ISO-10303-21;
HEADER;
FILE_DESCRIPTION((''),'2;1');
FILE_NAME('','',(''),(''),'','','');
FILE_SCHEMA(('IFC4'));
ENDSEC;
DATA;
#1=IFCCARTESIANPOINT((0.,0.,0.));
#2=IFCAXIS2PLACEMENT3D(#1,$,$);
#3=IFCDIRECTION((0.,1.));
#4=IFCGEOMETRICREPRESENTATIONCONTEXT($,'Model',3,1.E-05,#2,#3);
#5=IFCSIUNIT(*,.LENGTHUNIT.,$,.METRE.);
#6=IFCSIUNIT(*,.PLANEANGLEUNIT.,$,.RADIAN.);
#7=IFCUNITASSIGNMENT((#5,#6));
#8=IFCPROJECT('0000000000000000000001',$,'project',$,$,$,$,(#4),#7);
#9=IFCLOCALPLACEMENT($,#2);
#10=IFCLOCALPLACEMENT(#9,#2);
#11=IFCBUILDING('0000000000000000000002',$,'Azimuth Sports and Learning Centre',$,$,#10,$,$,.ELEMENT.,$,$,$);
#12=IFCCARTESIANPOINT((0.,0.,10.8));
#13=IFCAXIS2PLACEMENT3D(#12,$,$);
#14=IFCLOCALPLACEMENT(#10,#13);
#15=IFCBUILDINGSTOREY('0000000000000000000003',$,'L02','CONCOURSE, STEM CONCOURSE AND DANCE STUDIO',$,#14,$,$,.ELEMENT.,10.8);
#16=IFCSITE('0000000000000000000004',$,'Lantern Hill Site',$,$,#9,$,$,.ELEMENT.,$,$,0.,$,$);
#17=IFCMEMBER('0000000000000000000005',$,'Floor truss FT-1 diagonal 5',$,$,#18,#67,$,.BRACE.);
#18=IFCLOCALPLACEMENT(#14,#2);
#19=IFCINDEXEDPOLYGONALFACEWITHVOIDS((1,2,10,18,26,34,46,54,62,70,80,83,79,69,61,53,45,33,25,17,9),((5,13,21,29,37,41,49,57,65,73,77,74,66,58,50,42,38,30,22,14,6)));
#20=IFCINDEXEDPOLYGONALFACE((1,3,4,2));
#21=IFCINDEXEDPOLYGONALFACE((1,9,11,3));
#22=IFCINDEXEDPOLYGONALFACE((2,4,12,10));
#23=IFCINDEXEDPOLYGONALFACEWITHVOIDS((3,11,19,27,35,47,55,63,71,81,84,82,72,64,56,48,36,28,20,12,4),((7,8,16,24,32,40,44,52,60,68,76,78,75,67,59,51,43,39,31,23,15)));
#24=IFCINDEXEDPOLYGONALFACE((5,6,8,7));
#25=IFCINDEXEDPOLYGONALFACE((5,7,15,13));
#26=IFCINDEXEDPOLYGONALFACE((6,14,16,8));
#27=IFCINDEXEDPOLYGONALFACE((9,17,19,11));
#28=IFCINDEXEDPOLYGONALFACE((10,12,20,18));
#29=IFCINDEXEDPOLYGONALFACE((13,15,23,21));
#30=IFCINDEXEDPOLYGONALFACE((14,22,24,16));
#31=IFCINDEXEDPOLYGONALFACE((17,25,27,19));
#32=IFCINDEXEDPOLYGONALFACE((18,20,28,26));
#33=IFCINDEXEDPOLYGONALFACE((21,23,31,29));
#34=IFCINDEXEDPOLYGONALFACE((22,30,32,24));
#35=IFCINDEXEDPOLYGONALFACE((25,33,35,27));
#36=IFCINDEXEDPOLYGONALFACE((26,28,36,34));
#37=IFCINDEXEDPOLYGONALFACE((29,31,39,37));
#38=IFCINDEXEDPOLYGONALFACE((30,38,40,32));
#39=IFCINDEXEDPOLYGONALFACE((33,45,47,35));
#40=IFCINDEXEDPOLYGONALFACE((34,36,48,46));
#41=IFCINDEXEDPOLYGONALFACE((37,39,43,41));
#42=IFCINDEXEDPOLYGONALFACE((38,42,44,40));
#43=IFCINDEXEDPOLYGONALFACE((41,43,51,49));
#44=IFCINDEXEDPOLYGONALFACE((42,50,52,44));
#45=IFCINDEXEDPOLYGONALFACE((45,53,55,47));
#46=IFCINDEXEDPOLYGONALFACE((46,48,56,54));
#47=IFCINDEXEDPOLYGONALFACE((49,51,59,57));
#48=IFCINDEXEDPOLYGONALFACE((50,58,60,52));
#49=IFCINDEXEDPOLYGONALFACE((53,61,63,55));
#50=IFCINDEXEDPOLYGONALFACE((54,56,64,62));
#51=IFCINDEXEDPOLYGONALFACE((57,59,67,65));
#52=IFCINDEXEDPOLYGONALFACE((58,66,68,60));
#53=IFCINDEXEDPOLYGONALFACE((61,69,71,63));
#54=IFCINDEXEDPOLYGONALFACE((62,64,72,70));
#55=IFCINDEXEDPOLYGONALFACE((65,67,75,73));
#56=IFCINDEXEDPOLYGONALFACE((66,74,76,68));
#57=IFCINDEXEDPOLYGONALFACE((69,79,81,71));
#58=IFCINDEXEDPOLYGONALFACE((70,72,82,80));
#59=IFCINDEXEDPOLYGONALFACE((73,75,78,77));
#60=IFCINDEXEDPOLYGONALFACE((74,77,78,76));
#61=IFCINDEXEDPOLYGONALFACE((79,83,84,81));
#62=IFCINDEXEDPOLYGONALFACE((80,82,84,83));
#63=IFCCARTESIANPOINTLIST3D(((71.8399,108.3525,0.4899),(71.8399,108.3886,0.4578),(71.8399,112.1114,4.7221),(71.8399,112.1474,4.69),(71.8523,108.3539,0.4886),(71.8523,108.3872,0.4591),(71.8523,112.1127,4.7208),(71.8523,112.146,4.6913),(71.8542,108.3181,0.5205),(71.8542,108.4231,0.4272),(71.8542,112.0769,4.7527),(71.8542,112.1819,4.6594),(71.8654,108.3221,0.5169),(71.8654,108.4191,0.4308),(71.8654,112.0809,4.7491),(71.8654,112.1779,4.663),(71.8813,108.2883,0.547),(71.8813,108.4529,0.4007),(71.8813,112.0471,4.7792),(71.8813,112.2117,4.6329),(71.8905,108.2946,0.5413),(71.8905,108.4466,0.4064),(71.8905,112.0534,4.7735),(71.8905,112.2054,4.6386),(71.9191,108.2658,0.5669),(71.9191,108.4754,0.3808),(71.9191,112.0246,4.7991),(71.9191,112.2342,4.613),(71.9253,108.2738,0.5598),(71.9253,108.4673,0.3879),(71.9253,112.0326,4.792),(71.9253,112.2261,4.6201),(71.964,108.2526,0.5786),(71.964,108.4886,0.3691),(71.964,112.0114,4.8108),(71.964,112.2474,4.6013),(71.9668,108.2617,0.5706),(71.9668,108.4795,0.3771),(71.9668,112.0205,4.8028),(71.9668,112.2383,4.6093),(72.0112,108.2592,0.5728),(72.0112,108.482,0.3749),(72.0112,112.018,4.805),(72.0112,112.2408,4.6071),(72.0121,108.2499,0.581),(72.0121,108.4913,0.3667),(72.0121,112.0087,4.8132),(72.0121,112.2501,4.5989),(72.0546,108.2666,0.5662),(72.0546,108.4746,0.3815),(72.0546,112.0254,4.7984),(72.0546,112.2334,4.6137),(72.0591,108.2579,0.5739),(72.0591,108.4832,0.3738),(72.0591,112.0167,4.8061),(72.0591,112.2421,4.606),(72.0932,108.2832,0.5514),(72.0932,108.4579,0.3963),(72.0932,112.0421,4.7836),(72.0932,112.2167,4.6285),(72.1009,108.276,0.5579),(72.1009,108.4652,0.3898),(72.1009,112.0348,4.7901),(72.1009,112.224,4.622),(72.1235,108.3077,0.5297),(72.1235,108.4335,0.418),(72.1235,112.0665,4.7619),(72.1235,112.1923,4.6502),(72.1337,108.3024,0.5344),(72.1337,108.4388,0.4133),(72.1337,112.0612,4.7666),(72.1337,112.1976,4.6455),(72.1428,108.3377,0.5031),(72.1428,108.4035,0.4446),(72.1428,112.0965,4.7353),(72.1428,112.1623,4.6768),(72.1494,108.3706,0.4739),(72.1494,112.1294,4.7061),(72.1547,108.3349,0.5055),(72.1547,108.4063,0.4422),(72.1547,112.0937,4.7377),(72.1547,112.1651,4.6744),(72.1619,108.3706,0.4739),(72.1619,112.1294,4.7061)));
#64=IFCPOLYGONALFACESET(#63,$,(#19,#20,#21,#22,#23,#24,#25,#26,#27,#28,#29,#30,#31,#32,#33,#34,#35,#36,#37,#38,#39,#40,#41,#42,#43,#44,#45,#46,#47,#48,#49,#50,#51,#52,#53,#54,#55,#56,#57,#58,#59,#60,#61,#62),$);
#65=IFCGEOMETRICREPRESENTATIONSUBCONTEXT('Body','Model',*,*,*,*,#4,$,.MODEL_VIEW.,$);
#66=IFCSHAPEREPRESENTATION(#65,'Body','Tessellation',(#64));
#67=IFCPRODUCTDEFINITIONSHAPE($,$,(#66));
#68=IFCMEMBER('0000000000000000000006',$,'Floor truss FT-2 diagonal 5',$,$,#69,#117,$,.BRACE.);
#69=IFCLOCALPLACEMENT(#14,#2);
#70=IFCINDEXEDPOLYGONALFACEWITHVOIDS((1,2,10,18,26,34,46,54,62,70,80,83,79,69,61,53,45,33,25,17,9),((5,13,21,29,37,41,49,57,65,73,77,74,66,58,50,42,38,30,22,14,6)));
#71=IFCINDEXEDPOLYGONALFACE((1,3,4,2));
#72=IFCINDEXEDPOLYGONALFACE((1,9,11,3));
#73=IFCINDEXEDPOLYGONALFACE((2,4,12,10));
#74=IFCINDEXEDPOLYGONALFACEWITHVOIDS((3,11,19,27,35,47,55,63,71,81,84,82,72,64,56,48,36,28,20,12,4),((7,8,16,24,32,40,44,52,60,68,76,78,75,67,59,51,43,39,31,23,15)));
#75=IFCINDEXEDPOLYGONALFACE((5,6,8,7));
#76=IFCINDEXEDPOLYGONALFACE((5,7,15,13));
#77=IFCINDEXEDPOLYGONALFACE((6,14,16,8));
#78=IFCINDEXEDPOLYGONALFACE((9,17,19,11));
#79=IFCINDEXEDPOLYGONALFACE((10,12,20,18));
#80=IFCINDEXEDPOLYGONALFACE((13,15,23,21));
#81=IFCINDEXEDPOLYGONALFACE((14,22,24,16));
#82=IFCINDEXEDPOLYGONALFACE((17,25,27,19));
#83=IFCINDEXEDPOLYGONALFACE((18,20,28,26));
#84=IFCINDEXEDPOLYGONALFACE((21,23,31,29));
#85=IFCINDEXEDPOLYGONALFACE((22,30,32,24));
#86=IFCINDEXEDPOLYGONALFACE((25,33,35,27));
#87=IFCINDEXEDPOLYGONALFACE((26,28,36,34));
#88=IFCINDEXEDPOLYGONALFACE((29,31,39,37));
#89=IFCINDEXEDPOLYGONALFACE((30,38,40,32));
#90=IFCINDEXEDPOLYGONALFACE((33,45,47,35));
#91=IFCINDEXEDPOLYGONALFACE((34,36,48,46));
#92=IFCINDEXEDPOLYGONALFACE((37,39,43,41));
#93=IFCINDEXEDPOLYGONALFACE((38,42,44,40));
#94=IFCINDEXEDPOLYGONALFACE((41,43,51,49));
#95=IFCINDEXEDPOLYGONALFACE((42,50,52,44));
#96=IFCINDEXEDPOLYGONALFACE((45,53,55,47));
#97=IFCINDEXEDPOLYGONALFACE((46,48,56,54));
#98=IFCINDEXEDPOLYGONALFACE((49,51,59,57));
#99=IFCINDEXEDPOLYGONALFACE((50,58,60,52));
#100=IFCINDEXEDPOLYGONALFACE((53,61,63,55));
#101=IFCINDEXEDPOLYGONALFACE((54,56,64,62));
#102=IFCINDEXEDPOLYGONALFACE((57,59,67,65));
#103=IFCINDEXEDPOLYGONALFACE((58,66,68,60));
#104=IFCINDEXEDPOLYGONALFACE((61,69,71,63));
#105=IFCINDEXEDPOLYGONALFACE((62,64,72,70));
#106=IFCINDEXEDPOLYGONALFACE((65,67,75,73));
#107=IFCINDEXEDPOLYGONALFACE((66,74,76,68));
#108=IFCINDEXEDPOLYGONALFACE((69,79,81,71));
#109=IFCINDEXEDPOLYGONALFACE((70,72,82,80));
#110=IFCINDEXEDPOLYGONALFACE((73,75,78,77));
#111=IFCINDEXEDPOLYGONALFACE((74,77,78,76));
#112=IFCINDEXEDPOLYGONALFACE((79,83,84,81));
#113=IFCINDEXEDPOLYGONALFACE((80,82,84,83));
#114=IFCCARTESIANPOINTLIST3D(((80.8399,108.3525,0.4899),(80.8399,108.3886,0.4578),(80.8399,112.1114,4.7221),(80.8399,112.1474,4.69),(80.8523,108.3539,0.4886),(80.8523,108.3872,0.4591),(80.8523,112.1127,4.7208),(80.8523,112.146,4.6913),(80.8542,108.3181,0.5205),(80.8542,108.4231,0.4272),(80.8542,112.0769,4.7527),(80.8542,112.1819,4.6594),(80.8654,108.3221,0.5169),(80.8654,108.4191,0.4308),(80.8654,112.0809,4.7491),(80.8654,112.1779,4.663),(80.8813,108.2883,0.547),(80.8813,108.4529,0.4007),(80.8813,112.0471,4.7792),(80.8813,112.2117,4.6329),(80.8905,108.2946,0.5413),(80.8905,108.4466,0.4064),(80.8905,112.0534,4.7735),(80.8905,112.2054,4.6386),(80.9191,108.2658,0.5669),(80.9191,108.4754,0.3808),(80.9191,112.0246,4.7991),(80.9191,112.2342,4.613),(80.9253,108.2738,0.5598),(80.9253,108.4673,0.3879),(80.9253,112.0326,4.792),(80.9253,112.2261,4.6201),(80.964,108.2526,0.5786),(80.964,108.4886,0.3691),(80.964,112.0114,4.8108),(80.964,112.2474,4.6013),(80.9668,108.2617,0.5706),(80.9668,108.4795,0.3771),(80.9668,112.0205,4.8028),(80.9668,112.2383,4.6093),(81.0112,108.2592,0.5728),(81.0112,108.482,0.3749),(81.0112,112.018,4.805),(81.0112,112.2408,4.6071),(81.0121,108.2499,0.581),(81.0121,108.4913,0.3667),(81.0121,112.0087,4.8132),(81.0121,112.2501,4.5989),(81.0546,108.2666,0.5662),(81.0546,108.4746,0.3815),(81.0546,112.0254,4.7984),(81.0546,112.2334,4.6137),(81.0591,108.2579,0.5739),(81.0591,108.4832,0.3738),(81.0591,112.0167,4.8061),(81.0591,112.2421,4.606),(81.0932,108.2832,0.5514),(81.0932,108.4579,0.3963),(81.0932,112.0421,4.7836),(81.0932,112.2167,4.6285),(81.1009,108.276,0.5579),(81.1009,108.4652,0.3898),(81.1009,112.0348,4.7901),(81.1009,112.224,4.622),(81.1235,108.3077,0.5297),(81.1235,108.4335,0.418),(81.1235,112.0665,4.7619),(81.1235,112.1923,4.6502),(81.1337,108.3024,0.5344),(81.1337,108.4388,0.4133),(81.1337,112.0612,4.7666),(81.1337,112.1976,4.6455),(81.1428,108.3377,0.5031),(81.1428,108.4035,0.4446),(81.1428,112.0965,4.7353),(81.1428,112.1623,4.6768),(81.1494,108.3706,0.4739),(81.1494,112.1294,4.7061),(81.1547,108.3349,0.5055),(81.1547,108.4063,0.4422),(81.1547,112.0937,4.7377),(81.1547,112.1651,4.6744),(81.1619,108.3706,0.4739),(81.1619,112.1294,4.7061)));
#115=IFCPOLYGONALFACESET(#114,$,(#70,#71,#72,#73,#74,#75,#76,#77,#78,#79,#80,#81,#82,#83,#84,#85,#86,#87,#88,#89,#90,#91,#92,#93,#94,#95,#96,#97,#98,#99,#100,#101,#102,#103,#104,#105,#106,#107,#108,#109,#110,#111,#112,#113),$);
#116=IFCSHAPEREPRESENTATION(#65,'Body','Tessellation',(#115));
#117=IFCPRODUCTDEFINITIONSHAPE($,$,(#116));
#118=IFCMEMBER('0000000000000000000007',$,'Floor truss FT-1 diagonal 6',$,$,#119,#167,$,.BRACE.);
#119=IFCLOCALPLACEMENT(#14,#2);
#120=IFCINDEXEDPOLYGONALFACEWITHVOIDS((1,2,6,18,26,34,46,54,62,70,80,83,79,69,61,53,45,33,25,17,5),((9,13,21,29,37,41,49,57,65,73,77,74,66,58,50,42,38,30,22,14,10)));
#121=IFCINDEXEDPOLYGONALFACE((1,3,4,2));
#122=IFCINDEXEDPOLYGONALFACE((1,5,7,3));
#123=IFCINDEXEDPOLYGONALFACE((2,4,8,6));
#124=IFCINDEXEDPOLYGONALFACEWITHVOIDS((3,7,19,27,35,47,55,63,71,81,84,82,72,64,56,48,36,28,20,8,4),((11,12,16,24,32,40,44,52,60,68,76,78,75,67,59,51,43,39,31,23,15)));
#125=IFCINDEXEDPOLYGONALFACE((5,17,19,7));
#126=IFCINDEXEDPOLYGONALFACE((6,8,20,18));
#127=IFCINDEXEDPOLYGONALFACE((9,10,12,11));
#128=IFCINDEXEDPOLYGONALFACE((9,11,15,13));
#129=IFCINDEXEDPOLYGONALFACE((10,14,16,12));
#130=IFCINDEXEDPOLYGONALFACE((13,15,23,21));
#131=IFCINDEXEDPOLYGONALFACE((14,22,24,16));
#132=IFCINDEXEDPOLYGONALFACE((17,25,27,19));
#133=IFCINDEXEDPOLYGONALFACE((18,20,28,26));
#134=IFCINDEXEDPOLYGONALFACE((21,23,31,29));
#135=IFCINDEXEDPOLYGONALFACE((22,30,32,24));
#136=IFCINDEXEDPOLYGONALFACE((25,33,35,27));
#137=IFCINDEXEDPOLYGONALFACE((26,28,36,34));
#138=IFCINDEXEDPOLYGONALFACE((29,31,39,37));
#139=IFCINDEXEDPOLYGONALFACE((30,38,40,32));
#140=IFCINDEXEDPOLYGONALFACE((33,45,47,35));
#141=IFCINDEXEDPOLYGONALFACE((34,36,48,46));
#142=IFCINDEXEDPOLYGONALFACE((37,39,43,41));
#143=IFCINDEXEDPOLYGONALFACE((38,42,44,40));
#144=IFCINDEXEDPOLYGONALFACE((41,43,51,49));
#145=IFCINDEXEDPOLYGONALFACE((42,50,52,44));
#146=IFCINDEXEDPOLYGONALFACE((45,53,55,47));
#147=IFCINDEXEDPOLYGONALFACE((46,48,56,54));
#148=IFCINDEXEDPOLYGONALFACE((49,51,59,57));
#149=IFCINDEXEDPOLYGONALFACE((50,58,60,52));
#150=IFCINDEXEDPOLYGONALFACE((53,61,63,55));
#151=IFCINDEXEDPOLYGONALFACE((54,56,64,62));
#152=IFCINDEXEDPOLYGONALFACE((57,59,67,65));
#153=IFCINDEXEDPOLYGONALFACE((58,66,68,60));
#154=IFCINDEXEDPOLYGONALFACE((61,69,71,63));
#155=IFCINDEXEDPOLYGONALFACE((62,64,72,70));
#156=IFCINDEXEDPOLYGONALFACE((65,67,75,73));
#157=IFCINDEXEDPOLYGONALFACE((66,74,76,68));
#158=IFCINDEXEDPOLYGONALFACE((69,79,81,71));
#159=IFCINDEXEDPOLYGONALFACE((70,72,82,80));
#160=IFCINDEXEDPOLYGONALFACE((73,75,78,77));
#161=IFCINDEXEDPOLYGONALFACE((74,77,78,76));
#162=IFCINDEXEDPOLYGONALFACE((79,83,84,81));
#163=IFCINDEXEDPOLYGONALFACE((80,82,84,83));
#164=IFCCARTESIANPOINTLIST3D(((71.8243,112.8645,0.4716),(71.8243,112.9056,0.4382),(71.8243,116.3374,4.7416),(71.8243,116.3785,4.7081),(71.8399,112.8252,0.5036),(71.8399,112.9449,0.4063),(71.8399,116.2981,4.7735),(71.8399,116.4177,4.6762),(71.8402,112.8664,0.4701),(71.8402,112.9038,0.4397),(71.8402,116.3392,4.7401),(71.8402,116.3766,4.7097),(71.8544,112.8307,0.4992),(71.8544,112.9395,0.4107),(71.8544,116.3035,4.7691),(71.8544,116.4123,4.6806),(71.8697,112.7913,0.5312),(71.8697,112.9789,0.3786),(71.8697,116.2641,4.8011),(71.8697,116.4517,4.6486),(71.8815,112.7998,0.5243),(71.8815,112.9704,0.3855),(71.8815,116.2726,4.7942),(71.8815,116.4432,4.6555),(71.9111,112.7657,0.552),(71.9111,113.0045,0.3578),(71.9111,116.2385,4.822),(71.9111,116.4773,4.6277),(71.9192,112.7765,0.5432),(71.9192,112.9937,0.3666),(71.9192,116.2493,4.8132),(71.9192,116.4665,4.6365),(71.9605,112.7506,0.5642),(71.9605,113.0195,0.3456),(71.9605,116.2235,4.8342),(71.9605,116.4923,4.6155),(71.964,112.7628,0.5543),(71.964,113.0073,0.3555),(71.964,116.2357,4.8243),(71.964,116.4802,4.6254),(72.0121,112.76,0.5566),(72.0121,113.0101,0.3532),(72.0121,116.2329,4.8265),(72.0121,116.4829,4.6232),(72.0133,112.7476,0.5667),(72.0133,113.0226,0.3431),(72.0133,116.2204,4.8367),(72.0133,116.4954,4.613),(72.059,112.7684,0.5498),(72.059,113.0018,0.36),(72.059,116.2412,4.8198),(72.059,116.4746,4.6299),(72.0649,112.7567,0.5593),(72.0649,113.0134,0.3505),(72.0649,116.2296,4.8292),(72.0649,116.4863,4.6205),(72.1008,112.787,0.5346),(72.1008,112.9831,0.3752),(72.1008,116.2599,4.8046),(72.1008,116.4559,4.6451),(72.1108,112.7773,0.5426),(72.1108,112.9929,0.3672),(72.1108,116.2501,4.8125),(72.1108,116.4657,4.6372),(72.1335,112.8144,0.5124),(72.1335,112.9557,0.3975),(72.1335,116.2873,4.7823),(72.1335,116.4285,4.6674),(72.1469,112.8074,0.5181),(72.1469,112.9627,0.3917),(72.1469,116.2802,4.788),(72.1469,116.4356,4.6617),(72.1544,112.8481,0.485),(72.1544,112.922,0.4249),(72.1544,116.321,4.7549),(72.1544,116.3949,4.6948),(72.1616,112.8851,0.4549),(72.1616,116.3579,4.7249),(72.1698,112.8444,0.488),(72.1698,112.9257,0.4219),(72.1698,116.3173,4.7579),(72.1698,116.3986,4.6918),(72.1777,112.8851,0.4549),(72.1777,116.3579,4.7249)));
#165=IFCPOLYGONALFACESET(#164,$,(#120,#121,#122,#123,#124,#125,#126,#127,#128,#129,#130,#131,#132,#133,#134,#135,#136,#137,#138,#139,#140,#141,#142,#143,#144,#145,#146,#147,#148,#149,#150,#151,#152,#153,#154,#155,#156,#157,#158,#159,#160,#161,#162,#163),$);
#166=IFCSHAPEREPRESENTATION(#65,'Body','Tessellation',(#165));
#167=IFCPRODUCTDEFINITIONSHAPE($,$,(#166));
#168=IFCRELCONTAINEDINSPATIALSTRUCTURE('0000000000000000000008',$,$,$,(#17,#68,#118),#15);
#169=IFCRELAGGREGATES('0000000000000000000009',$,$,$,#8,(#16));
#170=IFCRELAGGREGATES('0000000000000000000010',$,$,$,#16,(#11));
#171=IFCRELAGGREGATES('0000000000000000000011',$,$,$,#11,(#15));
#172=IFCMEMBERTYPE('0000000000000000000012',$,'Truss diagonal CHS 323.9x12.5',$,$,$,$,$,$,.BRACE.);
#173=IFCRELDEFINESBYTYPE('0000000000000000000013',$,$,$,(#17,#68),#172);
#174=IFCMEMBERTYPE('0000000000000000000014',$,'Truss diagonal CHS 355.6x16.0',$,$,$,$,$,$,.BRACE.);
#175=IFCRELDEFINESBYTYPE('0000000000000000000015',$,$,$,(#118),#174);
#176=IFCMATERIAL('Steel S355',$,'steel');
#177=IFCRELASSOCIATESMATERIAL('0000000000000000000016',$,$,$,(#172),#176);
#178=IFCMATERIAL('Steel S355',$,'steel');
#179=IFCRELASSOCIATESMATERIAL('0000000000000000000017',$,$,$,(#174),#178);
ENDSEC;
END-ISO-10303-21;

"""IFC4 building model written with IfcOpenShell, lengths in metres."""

from ifc_helpers import new_model, si_unit, direction, frame, origin, origin_2d, place, context, subcontext, project, spatial, hollow_circle, extrude, material, material_profile, profile_set, type_object, element, save


model = new_model("IFC4")

# Units and contexts
model_context = context("Model", 3, precision=1e-05, world=origin(), true_north=direction((0.0, 1.0)))
body_context = subcontext(model_context, "Body", "Model", "MODEL_VIEW")
ifc_project = project(units=[si_unit("LENGTHUNIT", "METRE"), si_unit("PLANEANGLEUNIT", "RADIAN")], contexts=[model_context])

# Site, building, storey
site_placement = place(None, origin())
site = spatial("IfcSite", under=ifc_project, at=site_placement, Name="Lantern Hill Site", CompositionType="ELEMENT", RefElevation=0.0)
building_placement = place(site_placement, origin())
building = spatial("IfcBuilding", under=site, at=building_placement, Name="Azimuth Sports and Learning Centre", CompositionType="ELEMENT")
storey_placement = place(building_placement, frame((0.0, 0.0, 10.8)))
storey = spatial("IfcBuildingStorey", under=building, at=storey_placement, Name="L02", Description="CONCOURSE, STEM CONCOURSE AND DANCE STUDIO", CompositionType="ELEMENT", Elevation=10.8)

# Members
ifc_material_1 = material(Name="Steel S355", Category="steel")
ifc_material_profile_1 = material_profile(ifc_material_1, hollow_circle(Radius=0.1619, WallThickness=0.0125, at=origin_2d()), Name="CHS 323.9x12.5")
ifc_profile_set_1 = profile_set([ifc_material_profile_1], Name="Steel S355")
member_type_1 = type_object("IfcMemberType", Name="Truss diagonal CHS 323.9x12.5", PredefinedType="BRACE", material=ifc_profile_set_1)
for number, where, z_axis, x_axis, name in (
    (1, (72.0, 112.1294, 4.7061), (0.0, -0.664053, -0.747685), (1.0, 0.0, 0.0), "Floor truss FT-1 diagonal 5"),
    (2, (81.0, 112.1294, 4.7061), (0.0, -0.664053, -0.747685), (1.0, 0.0, 0.0), "Floor truss FT-2 diagonal 5"),
):
    element("IfcMember", number, at=place(storey_placement, frame(where, z_axis=z_axis, x_axis=x_axis)), inside=storey, type_object=member_type_1, Name=name, PredefinedType="BRACE", context=body_context, shape_type="SweptSolid", body=[
        extrude(hollow_circle(Radius=0.1619, WallThickness=0.0125, at=origin_2d()), origin(), (0.0, 0.0, 1.0), 5.6604),
    ])
ifc_material_2 = material(Name="Steel S355", Category="steel")
ifc_material_profile_2 = material_profile(ifc_material_2, hollow_circle(Radius=0.1777, WallThickness=0.0161, at=origin_2d()), Name="CHS 355.6x16.0")
ifc_profile_set_2 = profile_set([ifc_material_profile_2], Name="Steel S355")
member_type_2 = type_object("IfcMemberType", Name="Truss diagonal CHS 355.6x16.0", PredefinedType="BRACE", material=ifc_profile_set_2)
for number, where, z_axis, x_axis, name in (
    (3, (72.0, 116.3579, 4.7249), (0.0, -0.630977, -0.775802), (1.0, 0.0, 0.0), "Floor truss FT-1 diagonal 6"),
):
    element("IfcMember", number, at=place(storey_placement, frame(where, z_axis=z_axis, x_axis=x_axis)), inside=storey, type_object=member_type_2, Name=name, PredefinedType="BRACE", context=body_context, shape_type="SweptSolid", body=[
        extrude(hollow_circle(Radius=0.1777, WallThickness=0.0161, at=origin_2d()), origin(), (0.0, 0.0, 1.0), 5.5039),
    ])

save(model, "model.ifc")
